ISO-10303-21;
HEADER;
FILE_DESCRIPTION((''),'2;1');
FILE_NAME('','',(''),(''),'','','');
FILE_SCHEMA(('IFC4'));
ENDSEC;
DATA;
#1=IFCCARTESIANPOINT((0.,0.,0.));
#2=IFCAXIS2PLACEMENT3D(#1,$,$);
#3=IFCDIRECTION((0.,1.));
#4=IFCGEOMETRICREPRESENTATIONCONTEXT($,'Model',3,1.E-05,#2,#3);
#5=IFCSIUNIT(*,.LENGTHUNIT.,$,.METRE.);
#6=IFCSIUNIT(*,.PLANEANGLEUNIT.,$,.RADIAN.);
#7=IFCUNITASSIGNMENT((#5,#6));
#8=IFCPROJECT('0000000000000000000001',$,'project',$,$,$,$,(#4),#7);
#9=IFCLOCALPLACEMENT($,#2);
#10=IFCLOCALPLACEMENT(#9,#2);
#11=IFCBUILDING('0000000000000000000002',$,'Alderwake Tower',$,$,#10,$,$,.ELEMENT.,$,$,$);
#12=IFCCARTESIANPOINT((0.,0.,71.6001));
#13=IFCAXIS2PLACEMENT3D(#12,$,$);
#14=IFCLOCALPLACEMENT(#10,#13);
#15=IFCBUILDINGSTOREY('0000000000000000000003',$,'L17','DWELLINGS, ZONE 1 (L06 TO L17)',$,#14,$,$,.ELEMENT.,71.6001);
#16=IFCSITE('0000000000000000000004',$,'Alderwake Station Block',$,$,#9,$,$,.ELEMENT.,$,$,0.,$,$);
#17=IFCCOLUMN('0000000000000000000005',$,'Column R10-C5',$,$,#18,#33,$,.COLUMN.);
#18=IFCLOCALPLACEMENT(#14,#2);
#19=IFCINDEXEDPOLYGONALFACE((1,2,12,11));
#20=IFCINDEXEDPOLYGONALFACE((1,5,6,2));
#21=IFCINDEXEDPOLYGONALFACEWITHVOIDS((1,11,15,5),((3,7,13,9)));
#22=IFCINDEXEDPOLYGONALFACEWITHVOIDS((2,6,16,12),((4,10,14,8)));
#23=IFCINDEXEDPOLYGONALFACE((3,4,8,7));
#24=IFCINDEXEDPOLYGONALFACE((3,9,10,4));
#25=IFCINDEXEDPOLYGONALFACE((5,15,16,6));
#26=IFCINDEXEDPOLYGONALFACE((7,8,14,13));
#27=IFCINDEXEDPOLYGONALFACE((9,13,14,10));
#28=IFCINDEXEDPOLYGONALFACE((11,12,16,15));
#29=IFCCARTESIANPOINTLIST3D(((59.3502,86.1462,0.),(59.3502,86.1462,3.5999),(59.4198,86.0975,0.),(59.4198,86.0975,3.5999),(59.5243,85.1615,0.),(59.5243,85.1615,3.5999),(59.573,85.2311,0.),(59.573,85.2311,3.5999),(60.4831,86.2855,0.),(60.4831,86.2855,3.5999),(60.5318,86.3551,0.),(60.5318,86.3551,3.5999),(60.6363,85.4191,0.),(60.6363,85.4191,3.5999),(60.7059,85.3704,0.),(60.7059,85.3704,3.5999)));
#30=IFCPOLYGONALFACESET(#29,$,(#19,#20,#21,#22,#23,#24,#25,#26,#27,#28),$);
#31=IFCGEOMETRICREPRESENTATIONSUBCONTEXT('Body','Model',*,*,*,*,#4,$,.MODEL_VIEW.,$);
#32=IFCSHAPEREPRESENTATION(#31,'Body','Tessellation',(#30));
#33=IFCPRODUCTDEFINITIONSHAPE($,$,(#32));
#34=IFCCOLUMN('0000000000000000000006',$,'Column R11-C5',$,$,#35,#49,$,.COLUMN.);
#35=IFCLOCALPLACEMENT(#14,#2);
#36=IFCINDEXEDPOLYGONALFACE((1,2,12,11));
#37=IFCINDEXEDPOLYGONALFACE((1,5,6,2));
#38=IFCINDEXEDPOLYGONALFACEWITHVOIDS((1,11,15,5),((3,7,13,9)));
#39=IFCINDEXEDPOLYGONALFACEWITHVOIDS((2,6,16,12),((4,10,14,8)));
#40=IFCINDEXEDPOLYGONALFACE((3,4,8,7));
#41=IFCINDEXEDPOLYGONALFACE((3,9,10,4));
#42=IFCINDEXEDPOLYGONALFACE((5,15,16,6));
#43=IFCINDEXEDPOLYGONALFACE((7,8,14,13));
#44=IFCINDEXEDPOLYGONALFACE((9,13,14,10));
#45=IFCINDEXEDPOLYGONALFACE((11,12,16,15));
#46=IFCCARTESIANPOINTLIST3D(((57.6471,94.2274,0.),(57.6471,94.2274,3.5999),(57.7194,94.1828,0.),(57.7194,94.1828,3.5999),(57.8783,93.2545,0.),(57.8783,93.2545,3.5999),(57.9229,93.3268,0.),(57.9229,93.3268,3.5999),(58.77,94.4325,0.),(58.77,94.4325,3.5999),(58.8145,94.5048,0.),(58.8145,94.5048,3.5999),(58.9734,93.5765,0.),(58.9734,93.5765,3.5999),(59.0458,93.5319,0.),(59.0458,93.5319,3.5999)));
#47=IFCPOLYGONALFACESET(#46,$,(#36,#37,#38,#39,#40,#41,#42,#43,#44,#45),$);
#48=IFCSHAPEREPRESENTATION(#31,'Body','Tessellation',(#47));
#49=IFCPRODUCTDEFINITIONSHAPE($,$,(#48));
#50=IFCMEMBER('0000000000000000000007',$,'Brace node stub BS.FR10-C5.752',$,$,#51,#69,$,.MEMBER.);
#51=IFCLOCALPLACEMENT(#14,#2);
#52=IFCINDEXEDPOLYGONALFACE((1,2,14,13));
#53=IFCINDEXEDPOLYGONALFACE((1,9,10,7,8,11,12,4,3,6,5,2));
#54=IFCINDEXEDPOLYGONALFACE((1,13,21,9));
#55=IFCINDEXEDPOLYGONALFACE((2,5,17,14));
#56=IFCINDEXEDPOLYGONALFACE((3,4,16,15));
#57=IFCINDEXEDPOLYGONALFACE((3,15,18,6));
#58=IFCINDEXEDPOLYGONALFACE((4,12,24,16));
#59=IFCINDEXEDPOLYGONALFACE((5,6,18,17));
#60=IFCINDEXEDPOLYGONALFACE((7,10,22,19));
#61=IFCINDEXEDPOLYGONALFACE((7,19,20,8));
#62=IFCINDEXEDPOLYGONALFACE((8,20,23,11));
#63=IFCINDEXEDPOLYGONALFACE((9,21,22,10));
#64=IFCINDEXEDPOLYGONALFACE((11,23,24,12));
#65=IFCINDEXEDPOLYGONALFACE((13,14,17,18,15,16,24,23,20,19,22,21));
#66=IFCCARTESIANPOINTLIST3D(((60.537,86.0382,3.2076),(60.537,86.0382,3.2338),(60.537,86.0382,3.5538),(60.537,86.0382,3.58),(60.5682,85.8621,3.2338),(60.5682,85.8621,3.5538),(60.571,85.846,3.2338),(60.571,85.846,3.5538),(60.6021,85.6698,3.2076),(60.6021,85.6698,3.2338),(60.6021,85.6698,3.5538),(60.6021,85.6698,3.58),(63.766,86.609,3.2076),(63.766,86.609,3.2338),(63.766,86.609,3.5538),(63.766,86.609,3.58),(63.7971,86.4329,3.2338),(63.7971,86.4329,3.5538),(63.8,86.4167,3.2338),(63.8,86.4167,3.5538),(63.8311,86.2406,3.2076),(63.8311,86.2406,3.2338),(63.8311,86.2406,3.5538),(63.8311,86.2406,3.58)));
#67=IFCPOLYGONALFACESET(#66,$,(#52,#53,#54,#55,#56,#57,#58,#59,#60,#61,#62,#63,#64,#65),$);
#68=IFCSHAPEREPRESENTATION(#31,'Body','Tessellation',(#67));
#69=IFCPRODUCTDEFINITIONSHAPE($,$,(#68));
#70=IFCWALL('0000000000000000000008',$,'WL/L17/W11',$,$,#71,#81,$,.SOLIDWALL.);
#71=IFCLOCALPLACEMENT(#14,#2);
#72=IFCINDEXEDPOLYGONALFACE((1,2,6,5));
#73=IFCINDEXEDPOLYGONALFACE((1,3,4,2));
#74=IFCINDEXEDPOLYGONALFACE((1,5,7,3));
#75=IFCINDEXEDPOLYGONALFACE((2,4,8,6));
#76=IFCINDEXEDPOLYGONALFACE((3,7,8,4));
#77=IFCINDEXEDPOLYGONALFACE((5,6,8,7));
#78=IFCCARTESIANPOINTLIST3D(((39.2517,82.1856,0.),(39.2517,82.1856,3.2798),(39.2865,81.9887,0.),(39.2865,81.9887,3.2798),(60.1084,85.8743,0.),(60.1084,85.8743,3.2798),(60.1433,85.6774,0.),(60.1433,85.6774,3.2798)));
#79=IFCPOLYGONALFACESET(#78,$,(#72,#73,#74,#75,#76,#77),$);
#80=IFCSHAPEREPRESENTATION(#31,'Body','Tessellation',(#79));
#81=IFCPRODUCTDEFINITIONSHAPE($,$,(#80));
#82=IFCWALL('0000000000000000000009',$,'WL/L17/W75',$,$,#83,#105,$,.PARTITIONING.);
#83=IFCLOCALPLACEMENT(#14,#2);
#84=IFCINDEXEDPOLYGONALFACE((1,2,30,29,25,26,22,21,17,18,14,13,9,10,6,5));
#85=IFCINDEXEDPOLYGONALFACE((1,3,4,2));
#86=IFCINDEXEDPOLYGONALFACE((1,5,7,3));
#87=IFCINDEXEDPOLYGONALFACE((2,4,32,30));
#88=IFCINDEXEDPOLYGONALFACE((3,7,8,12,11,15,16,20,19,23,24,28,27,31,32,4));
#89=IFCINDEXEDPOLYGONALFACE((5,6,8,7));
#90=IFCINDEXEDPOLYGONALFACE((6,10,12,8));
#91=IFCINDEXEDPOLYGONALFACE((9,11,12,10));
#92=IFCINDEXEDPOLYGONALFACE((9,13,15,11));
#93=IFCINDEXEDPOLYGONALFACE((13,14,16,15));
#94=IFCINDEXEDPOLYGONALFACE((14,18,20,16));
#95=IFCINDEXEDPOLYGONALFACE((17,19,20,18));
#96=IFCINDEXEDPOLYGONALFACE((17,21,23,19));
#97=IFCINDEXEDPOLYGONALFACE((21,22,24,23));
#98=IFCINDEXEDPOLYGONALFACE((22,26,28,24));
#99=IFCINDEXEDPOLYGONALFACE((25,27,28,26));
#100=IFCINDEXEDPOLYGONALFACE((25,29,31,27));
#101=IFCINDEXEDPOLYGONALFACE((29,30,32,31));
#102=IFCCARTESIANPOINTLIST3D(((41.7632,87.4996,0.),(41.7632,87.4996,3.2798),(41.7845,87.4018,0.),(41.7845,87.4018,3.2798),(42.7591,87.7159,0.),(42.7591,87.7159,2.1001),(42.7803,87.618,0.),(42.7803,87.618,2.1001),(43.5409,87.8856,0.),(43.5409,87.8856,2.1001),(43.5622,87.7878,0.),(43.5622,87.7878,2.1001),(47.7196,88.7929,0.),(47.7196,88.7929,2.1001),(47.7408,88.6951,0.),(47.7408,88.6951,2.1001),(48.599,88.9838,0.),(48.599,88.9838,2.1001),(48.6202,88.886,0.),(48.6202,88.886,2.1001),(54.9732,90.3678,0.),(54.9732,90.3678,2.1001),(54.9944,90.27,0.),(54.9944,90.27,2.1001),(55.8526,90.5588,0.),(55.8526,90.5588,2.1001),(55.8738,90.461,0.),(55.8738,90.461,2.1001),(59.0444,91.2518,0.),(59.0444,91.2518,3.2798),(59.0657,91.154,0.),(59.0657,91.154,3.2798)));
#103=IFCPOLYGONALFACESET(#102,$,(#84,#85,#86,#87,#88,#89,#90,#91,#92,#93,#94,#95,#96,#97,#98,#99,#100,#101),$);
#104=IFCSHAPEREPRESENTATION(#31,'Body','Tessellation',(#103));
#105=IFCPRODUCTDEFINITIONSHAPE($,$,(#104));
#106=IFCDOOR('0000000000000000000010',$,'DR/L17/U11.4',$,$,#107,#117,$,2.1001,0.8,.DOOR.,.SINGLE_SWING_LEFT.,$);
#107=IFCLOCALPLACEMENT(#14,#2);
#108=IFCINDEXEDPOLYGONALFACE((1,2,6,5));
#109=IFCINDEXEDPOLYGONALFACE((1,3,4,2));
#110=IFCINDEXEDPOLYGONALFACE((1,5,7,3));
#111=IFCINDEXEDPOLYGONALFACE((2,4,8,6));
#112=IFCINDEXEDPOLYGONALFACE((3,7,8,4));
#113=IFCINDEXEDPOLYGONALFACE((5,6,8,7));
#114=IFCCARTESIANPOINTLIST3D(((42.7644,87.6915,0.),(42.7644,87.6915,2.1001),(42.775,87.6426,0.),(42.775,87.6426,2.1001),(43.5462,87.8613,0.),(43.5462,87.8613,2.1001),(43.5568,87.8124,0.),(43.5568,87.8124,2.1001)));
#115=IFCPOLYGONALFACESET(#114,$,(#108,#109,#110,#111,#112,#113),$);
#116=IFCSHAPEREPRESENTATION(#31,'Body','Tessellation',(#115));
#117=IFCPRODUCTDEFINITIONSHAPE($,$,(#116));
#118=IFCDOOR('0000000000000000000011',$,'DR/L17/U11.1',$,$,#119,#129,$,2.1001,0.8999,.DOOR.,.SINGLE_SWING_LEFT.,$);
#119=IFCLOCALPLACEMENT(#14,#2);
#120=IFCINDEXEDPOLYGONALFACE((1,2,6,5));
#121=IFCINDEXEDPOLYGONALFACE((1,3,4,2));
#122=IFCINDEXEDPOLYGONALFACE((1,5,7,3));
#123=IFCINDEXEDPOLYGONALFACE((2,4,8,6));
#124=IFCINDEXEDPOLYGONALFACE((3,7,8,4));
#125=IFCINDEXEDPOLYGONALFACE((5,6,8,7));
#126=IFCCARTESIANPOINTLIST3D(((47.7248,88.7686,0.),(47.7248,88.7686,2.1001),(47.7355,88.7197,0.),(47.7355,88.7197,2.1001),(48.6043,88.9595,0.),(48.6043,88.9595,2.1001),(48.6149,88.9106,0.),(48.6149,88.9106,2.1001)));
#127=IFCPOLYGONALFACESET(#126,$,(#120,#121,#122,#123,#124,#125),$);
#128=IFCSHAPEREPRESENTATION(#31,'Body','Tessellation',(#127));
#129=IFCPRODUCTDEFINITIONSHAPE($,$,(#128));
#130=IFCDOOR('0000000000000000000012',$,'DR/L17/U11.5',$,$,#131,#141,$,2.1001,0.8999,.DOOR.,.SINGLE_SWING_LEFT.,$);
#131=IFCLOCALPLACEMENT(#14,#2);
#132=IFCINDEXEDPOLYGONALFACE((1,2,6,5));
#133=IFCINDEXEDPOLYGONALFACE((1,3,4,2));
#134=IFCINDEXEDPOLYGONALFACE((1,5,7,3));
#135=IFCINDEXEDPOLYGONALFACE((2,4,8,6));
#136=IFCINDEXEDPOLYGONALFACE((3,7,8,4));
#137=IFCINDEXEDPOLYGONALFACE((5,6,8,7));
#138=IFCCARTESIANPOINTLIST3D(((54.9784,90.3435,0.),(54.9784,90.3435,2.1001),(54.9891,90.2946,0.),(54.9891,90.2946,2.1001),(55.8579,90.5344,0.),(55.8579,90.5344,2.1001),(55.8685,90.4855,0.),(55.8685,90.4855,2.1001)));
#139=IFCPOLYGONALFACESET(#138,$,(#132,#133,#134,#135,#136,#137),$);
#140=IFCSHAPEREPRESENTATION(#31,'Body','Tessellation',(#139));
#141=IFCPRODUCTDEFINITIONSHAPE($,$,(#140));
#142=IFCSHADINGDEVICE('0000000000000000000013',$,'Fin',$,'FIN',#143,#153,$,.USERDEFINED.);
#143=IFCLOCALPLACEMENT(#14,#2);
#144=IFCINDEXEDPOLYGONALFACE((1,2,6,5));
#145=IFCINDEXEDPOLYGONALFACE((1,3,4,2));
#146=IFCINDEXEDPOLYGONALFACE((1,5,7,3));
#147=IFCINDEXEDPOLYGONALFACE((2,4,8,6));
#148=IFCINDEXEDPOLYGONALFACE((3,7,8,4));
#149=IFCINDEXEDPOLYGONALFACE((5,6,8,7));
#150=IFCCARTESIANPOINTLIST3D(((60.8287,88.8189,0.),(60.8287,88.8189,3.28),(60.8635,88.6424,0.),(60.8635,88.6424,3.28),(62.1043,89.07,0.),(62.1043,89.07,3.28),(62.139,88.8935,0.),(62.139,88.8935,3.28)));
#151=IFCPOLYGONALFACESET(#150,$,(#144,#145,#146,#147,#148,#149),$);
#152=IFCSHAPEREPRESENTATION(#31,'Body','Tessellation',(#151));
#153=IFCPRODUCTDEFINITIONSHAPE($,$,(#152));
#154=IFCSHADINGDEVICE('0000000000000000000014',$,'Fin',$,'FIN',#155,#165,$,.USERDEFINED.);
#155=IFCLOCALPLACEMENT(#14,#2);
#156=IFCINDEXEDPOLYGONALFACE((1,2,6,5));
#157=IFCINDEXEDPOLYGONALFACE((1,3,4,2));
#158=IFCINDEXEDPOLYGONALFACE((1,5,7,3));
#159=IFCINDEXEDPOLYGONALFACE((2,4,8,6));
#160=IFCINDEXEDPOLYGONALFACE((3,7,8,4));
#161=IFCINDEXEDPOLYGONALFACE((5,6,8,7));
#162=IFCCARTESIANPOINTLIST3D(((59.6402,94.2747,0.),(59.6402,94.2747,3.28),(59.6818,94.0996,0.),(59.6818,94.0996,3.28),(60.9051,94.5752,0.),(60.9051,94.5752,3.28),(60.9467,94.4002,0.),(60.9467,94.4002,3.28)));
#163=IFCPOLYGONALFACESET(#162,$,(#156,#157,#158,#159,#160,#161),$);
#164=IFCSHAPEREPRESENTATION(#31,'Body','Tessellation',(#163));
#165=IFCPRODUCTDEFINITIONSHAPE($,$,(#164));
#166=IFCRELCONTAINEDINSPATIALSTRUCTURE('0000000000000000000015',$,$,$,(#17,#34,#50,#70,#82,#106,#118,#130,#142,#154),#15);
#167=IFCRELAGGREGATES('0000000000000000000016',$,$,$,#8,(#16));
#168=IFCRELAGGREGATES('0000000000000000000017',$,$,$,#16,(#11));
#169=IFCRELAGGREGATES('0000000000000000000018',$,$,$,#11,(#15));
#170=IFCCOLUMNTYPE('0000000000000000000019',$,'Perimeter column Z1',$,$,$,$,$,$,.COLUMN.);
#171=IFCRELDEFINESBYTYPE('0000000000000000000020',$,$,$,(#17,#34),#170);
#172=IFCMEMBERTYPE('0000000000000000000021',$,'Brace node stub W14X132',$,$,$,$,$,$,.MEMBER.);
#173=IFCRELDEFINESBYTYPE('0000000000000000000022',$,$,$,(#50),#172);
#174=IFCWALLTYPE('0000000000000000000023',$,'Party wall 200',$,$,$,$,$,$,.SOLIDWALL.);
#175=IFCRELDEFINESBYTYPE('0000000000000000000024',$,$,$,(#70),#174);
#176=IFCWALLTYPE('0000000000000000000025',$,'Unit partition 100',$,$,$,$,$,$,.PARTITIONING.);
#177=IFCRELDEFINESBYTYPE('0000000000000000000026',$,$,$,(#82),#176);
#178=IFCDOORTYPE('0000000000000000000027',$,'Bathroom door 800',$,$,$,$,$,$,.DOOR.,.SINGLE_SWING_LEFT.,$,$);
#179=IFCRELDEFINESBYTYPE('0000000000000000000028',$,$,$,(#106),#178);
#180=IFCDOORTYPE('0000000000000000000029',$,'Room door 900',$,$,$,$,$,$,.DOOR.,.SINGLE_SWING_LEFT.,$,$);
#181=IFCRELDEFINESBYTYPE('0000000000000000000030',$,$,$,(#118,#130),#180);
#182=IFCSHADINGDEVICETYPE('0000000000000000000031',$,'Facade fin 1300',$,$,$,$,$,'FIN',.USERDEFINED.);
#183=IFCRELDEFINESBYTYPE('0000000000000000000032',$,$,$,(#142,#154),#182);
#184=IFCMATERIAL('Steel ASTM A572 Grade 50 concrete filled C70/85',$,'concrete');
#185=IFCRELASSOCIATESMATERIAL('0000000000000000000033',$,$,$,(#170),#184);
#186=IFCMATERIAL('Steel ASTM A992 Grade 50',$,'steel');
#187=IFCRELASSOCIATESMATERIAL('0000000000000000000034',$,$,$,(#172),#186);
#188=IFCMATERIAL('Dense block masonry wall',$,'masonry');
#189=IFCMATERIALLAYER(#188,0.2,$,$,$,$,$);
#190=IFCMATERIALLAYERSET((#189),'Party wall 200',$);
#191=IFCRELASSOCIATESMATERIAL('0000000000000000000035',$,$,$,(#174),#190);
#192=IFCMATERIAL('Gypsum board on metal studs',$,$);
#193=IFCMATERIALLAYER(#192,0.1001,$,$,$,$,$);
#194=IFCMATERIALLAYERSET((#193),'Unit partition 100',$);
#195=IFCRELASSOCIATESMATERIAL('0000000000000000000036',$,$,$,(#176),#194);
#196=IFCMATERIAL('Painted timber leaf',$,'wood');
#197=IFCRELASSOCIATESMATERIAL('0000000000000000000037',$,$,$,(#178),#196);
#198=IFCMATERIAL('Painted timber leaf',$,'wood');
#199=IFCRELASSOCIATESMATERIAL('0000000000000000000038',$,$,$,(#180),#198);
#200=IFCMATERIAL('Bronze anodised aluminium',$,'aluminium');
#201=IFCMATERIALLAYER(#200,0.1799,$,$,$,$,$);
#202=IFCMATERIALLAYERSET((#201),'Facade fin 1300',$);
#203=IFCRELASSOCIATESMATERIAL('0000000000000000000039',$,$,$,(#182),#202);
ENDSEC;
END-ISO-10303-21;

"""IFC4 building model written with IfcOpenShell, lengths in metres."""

from ifc_helpers import new_model, si_unit, direction, frame, frame_2d, origin, origin_2d, place, context, subcontext, project, spatial, rectangle, hollow_rectangle, i_section, extrude, material, layer, layer_set, material_profile, profile_set, type_object, element, fill, save


model = new_model("IFC4")

# Units and contexts
model_context = context("Model", 3, precision=1e-05, world=origin(), true_north=direction((0.0, 1.0)))
body_context = subcontext(model_context, "Body", "Model", "MODEL_VIEW")
ifc_project = project(units=[si_unit("LENGTHUNIT", "METRE"), si_unit("PLANEANGLEUNIT", "RADIAN")], contexts=[model_context])

# Site, building, storey
site_placement = place(None, origin())
site = spatial("IfcSite", under=ifc_project, at=site_placement, Name="Alderwake Station Block", CompositionType="ELEMENT", RefElevation=0.0)
building_placement = place(site_placement, origin())
building = spatial("IfcBuilding", under=site, at=building_placement, Name="Alderwake Tower", CompositionType="ELEMENT")
storey_placement = place(building_placement, frame((0.0, 0.0, 71.6001)))
storey = spatial("IfcBuildingStorey", under=building, at=storey_placement, Name="L17", Description="DWELLINGS, ZONE 1 (L06 TO L17)", CompositionType="ELEMENT", Elevation=71.6001)

# Columns
ifc_material_1 = material(Name="Steel ASTM A572 Grade 50 concrete filled C70/85", Category="concrete")
ifc_material_profile_1 = material_profile(ifc_material_1, hollow_rectangle(XDim=1.0, YDim=1.2, WallThickness=0.0601, at=origin_2d()), Name="BOX 1200X1000X60")
ifc_profile_set_1 = profile_set([ifc_material_profile_1], Name="Steel ASTM A572 Grade 50 concrete filled C70/85")
column_type = type_object("IfcColumnType", Name="Perimeter column Z1", PredefinedType="COLUMN", material=ifc_profile_set_1)
for number, where, z_axis, x_axis, name in (
    (1, (60.0281, 85.7583, 0.0), (0.0, 0.0, 1.0), (-0.174109, 0.984726, 0.0), "Column R10-C5"),
    (2, (58.3464, 93.8796, 0.0), (0.0, 0.0, 1.0), (-0.231222, 0.972901, 0.0), "Column R11-C5"),
):
    element("IfcColumn", number, at=place(storey_placement, frame(where, z_axis=z_axis, x_axis=x_axis)), inside=storey, type_object=column_type, Name=name, PredefinedType="COLUMN", context=body_context, shape_type="SweptSolid", body=[
        extrude(hollow_rectangle(XDim=1.0, YDim=1.2, WallThickness=0.0601, at=origin_2d()), origin(), (0.0, 0.0, 1.0), 3.5999),
    ])

# Member
ifc_material_2 = material(Name="Steel ASTM A992 Grade 50", Category="steel")
ifc_material_profile_2 = material_profile(ifc_material_2, i_section(OverallWidth=0.374, OverallDepth=0.3723, WebThickness=0.0164, FlangeThickness=0.0261, at=origin_2d()), Name="W14X132")
ifc_profile_set_2 = profile_set([ifc_material_profile_2], Name="Steel ASTM A992 Grade 50")
member_type = type_object("IfcMemberType", Name="Brace node stub W14X132", PredefinedType="MEMBER", material=ifc_profile_set_2)
member_placement = place(storey_placement, frame((60.5696, 85.854, 3.3938), z_axis=(0.984733, 0.174074, 0.0), x_axis=(-0.174074, 0.984733, 0.0)))
element("IfcMember", 3, at=member_placement, inside=storey, type_object=member_type, Name="Brace node stub BS.FR10-C5.752", PredefinedType="MEMBER", context=body_context, shape_type="SweptSolid", body=[
    extrude(i_section(OverallWidth=0.374, OverallDepth=0.3723, WebThickness=0.0164, FlangeThickness=0.0261, at=origin_2d()), origin(), (0.0, 0.0, 1.0), 3.2791),
])

# Wall
ifc_material_3 = material(Name="Dense block masonry wall", Category="masonry")
ifc_layer_1 = layer(ifc_material_3, 0.2)
ifc_layer_set_1 = layer_set([ifc_layer_1], Name="Party wall 200")
wall_type_1 = type_object("IfcWallType", Name="Party wall 200", PredefinedType="SOLIDWALL", material=ifc_layer_set_1)
wall_1_placement = place(storey_placement, frame((60.126, 85.7759, 0.0), z_axis=(0.0, 0.0, 1.0), x_axis=(-0.984718, -0.174158, 0.0)))
element("IfcWall", 4, at=wall_1_placement, inside=storey, type_object=wall_type_1, Name="WL/L17/W11", PredefinedType="SOLIDWALL", context=body_context, shape_type="SweptSolid", body=[
    extrude(rectangle(XDim=21.1804, YDim=0.2, at=frame_2d((10.5903, 0.0))), origin(), (0.0, 0.0, 1.0), 3.2798),
])

# Wall, openings, doors
ifc_material_4 = material(Name="Gypsum board on metal studs")
ifc_layer_2 = layer(ifc_material_4, 0.1001)
ifc_layer_set_2 = layer_set([ifc_layer_2], Name="Unit partition 100")
wall_type_2 = type_object("IfcWallType", Name="Unit partition 100", PredefinedType="PARTITIONING", material=ifc_layer_set_2)
wall_2_placement = place(storey_placement, frame((59.0549, 91.2029, 0.0), z_axis=(0.0, 0.0, 1.0), x_axis=(-0.97723, -0.212181, 0.0)))
wall_2 = element("IfcWall", 5, at=wall_2_placement, inside=storey, type_object=wall_type_2, Name="WL/L17/W75", PredefinedType="PARTITIONING", context=body_context, shape_type="SweptSolid", body=[
    extrude(rectangle(XDim=17.6838, YDim=0.1001, at=frame_2d((8.8418, 0.0))), origin(), (0.0, 0.0, 1.0), 3.2798),
])
opening_1_placement = place(wall_2_placement, frame((10.6887, 0.0, 0.0)))
opening_1 = element("IfcOpeningElement", 6, at=opening_1_placement, cuts=wall_2, PredefinedType="OPENING", context=body_context, shape_type="SweptSolid", body=[
    extrude(rectangle(XDim=0.8999, YDim=2.1001, at=frame_2d((0.45, 1.05))), frame((0.0, 0.0601, 0.0), z_axis=(0.0, -1.0, 0.0), x_axis=(1.0, 0.0, 0.0)), (0.0, 0.0, 1.0), 0.1201),
])
opening_2_placement = place(wall_2_placement, frame((15.8647, 0.0, 0.0)))
opening_2 = element("IfcOpeningElement", 7, at=opening_2_placement, cuts=wall_2, PredefinedType="OPENING", context=body_context, shape_type="SweptSolid", body=[
    extrude(rectangle(XDim=0.8, YDim=2.1001, at=frame_2d((0.3999, 1.05))), frame((0.0, 0.0601, 0.0), z_axis=(0.0, -1.0, 0.0), x_axis=(1.0, 0.0, 0.0)), (0.0, 0.0, 1.0), 0.1201),
])
opening_3_placement = place(wall_2_placement, frame((3.2661, 0.0, 0.0)))
opening_3 = element("IfcOpeningElement", 8, at=opening_3_placement, cuts=wall_2, PredefinedType="OPENING", context=body_context, shape_type="SweptSolid", body=[
    extrude(rectangle(XDim=0.8999, YDim=2.1001, at=frame_2d((0.45, 1.05))), frame((0.0, 0.0601, 0.0), z_axis=(0.0, -1.0, 0.0), x_axis=(1.0, 0.0, 0.0)), (0.0, 0.0, 1.0), 0.1201),
])
ifc_material_5 = material(Name="Painted timber leaf", Category="wood")
door_type_1 = type_object("IfcDoorType", Name="Bathroom door 800", OperationType="SINGLE_SWING_LEFT", PredefinedType="DOOR", material=ifc_material_5)
door_1_placement = place(opening_2_placement, origin())
door_1 = element("IfcDoor", 9, at=door_1_placement, inside=storey, type_object=door_type_1, Name="DR/L17/U11.4", OperationType="SINGLE_SWING_LEFT", OverallHeight=2.1001, OverallWidth=0.8, PredefinedType="DOOR", context=body_context, shape_type="SweptSolid", body=[
    extrude(rectangle(XDim=0.8, YDim=2.1001, at=frame_2d((0.3999, 1.05))), frame((0.0, 0.0249, 0.0), z_axis=(0.0, -1.0, 0.0), x_axis=(1.0, 0.0, 0.0)), (0.0, 0.0, 1.0), 0.05),
])
fill(opening_2, door_1)
ifc_material_6 = material(Name="Painted timber leaf", Category="wood")
door_type_2 = type_object("IfcDoorType", Name="Room door 900", OperationType="SINGLE_SWING_LEFT", PredefinedType="DOOR", material=ifc_material_6)
door_2_placement = place(opening_1_placement, origin())
door_2 = element("IfcDoor", 10, at=door_2_placement, inside=storey, type_object=door_type_2, Name="DR/L17/U11.1", OperationType="SINGLE_SWING_LEFT", OverallHeight=2.1001, OverallWidth=0.8999, PredefinedType="DOOR", context=body_context, shape_type="SweptSolid", body=[
    extrude(rectangle(XDim=0.8999, YDim=2.1001, at=frame_2d((0.45, 1.05))), frame((0.0, 0.0249, 0.0), z_axis=(0.0, -1.0, 0.0), x_axis=(1.0, 0.0, 0.0)), (0.0, 0.0, 1.0), 0.05),
])
fill(opening_1, door_2)
door_3_placement = place(opening_3_placement, origin())
door_3 = element("IfcDoor", 11, at=door_3_placement, inside=storey, type_object=door_type_2, Name="DR/L17/U11.5", OperationType="SINGLE_SWING_LEFT", OverallHeight=2.1001, OverallWidth=0.8999, PredefinedType="DOOR", context=body_context, shape_type="SweptSolid", body=[
    extrude(rectangle(XDim=0.8999, YDim=2.1001, at=frame_2d((0.45, 1.05))), frame((0.0, 0.0249, 0.0), z_axis=(0.0, -1.0, 0.0), x_axis=(1.0, 0.0, 0.0)), (0.0, 0.0, 1.0), 0.05),
])
fill(opening_3, door_3)

# Shading devices
ifc_material_7 = material(Name="Bronze anodised aluminium", Category="aluminium")
ifc_layer_3 = layer(ifc_material_7, 0.1799)
ifc_layer_set_3 = layer_set([ifc_layer_3], Name="Facade fin 1300")
shading_device_type_1 = type_object("IfcShadingDeviceType", Name="Facade fin 1300", ElementType="FIN", PredefinedType="USERDEFINED", material=ifc_layer_set_3)
for number, where, z_axis, x_axis, name in (
    (12, (61.4839, 88.8562, 0.0), (0.0, 0.0, 1.0), (0.981164, 0.193178, 0.0), "Fin"),
    (13, (60.2935, 94.3374, 0.0), (0.0, 0.0, 1.0), (0.972909, 0.231189, 0.0), "Fin"),
):
    element("IfcShadingDevice", number, at=place(storey_placement, frame(where, z_axis=z_axis, x_axis=x_axis)), inside=storey, type_object=shading_device_type_1, Name=name, ObjectType="FIN", PredefinedType="USERDEFINED", context=body_context, shape_type="SweptSolid", body=[
        extrude(rectangle(XDim=1.3, YDim=0.1799, at=origin_2d()), origin(), (0.0, 0.0, 1.0), 3.28),
    ])

save(model, "model.ifc")
